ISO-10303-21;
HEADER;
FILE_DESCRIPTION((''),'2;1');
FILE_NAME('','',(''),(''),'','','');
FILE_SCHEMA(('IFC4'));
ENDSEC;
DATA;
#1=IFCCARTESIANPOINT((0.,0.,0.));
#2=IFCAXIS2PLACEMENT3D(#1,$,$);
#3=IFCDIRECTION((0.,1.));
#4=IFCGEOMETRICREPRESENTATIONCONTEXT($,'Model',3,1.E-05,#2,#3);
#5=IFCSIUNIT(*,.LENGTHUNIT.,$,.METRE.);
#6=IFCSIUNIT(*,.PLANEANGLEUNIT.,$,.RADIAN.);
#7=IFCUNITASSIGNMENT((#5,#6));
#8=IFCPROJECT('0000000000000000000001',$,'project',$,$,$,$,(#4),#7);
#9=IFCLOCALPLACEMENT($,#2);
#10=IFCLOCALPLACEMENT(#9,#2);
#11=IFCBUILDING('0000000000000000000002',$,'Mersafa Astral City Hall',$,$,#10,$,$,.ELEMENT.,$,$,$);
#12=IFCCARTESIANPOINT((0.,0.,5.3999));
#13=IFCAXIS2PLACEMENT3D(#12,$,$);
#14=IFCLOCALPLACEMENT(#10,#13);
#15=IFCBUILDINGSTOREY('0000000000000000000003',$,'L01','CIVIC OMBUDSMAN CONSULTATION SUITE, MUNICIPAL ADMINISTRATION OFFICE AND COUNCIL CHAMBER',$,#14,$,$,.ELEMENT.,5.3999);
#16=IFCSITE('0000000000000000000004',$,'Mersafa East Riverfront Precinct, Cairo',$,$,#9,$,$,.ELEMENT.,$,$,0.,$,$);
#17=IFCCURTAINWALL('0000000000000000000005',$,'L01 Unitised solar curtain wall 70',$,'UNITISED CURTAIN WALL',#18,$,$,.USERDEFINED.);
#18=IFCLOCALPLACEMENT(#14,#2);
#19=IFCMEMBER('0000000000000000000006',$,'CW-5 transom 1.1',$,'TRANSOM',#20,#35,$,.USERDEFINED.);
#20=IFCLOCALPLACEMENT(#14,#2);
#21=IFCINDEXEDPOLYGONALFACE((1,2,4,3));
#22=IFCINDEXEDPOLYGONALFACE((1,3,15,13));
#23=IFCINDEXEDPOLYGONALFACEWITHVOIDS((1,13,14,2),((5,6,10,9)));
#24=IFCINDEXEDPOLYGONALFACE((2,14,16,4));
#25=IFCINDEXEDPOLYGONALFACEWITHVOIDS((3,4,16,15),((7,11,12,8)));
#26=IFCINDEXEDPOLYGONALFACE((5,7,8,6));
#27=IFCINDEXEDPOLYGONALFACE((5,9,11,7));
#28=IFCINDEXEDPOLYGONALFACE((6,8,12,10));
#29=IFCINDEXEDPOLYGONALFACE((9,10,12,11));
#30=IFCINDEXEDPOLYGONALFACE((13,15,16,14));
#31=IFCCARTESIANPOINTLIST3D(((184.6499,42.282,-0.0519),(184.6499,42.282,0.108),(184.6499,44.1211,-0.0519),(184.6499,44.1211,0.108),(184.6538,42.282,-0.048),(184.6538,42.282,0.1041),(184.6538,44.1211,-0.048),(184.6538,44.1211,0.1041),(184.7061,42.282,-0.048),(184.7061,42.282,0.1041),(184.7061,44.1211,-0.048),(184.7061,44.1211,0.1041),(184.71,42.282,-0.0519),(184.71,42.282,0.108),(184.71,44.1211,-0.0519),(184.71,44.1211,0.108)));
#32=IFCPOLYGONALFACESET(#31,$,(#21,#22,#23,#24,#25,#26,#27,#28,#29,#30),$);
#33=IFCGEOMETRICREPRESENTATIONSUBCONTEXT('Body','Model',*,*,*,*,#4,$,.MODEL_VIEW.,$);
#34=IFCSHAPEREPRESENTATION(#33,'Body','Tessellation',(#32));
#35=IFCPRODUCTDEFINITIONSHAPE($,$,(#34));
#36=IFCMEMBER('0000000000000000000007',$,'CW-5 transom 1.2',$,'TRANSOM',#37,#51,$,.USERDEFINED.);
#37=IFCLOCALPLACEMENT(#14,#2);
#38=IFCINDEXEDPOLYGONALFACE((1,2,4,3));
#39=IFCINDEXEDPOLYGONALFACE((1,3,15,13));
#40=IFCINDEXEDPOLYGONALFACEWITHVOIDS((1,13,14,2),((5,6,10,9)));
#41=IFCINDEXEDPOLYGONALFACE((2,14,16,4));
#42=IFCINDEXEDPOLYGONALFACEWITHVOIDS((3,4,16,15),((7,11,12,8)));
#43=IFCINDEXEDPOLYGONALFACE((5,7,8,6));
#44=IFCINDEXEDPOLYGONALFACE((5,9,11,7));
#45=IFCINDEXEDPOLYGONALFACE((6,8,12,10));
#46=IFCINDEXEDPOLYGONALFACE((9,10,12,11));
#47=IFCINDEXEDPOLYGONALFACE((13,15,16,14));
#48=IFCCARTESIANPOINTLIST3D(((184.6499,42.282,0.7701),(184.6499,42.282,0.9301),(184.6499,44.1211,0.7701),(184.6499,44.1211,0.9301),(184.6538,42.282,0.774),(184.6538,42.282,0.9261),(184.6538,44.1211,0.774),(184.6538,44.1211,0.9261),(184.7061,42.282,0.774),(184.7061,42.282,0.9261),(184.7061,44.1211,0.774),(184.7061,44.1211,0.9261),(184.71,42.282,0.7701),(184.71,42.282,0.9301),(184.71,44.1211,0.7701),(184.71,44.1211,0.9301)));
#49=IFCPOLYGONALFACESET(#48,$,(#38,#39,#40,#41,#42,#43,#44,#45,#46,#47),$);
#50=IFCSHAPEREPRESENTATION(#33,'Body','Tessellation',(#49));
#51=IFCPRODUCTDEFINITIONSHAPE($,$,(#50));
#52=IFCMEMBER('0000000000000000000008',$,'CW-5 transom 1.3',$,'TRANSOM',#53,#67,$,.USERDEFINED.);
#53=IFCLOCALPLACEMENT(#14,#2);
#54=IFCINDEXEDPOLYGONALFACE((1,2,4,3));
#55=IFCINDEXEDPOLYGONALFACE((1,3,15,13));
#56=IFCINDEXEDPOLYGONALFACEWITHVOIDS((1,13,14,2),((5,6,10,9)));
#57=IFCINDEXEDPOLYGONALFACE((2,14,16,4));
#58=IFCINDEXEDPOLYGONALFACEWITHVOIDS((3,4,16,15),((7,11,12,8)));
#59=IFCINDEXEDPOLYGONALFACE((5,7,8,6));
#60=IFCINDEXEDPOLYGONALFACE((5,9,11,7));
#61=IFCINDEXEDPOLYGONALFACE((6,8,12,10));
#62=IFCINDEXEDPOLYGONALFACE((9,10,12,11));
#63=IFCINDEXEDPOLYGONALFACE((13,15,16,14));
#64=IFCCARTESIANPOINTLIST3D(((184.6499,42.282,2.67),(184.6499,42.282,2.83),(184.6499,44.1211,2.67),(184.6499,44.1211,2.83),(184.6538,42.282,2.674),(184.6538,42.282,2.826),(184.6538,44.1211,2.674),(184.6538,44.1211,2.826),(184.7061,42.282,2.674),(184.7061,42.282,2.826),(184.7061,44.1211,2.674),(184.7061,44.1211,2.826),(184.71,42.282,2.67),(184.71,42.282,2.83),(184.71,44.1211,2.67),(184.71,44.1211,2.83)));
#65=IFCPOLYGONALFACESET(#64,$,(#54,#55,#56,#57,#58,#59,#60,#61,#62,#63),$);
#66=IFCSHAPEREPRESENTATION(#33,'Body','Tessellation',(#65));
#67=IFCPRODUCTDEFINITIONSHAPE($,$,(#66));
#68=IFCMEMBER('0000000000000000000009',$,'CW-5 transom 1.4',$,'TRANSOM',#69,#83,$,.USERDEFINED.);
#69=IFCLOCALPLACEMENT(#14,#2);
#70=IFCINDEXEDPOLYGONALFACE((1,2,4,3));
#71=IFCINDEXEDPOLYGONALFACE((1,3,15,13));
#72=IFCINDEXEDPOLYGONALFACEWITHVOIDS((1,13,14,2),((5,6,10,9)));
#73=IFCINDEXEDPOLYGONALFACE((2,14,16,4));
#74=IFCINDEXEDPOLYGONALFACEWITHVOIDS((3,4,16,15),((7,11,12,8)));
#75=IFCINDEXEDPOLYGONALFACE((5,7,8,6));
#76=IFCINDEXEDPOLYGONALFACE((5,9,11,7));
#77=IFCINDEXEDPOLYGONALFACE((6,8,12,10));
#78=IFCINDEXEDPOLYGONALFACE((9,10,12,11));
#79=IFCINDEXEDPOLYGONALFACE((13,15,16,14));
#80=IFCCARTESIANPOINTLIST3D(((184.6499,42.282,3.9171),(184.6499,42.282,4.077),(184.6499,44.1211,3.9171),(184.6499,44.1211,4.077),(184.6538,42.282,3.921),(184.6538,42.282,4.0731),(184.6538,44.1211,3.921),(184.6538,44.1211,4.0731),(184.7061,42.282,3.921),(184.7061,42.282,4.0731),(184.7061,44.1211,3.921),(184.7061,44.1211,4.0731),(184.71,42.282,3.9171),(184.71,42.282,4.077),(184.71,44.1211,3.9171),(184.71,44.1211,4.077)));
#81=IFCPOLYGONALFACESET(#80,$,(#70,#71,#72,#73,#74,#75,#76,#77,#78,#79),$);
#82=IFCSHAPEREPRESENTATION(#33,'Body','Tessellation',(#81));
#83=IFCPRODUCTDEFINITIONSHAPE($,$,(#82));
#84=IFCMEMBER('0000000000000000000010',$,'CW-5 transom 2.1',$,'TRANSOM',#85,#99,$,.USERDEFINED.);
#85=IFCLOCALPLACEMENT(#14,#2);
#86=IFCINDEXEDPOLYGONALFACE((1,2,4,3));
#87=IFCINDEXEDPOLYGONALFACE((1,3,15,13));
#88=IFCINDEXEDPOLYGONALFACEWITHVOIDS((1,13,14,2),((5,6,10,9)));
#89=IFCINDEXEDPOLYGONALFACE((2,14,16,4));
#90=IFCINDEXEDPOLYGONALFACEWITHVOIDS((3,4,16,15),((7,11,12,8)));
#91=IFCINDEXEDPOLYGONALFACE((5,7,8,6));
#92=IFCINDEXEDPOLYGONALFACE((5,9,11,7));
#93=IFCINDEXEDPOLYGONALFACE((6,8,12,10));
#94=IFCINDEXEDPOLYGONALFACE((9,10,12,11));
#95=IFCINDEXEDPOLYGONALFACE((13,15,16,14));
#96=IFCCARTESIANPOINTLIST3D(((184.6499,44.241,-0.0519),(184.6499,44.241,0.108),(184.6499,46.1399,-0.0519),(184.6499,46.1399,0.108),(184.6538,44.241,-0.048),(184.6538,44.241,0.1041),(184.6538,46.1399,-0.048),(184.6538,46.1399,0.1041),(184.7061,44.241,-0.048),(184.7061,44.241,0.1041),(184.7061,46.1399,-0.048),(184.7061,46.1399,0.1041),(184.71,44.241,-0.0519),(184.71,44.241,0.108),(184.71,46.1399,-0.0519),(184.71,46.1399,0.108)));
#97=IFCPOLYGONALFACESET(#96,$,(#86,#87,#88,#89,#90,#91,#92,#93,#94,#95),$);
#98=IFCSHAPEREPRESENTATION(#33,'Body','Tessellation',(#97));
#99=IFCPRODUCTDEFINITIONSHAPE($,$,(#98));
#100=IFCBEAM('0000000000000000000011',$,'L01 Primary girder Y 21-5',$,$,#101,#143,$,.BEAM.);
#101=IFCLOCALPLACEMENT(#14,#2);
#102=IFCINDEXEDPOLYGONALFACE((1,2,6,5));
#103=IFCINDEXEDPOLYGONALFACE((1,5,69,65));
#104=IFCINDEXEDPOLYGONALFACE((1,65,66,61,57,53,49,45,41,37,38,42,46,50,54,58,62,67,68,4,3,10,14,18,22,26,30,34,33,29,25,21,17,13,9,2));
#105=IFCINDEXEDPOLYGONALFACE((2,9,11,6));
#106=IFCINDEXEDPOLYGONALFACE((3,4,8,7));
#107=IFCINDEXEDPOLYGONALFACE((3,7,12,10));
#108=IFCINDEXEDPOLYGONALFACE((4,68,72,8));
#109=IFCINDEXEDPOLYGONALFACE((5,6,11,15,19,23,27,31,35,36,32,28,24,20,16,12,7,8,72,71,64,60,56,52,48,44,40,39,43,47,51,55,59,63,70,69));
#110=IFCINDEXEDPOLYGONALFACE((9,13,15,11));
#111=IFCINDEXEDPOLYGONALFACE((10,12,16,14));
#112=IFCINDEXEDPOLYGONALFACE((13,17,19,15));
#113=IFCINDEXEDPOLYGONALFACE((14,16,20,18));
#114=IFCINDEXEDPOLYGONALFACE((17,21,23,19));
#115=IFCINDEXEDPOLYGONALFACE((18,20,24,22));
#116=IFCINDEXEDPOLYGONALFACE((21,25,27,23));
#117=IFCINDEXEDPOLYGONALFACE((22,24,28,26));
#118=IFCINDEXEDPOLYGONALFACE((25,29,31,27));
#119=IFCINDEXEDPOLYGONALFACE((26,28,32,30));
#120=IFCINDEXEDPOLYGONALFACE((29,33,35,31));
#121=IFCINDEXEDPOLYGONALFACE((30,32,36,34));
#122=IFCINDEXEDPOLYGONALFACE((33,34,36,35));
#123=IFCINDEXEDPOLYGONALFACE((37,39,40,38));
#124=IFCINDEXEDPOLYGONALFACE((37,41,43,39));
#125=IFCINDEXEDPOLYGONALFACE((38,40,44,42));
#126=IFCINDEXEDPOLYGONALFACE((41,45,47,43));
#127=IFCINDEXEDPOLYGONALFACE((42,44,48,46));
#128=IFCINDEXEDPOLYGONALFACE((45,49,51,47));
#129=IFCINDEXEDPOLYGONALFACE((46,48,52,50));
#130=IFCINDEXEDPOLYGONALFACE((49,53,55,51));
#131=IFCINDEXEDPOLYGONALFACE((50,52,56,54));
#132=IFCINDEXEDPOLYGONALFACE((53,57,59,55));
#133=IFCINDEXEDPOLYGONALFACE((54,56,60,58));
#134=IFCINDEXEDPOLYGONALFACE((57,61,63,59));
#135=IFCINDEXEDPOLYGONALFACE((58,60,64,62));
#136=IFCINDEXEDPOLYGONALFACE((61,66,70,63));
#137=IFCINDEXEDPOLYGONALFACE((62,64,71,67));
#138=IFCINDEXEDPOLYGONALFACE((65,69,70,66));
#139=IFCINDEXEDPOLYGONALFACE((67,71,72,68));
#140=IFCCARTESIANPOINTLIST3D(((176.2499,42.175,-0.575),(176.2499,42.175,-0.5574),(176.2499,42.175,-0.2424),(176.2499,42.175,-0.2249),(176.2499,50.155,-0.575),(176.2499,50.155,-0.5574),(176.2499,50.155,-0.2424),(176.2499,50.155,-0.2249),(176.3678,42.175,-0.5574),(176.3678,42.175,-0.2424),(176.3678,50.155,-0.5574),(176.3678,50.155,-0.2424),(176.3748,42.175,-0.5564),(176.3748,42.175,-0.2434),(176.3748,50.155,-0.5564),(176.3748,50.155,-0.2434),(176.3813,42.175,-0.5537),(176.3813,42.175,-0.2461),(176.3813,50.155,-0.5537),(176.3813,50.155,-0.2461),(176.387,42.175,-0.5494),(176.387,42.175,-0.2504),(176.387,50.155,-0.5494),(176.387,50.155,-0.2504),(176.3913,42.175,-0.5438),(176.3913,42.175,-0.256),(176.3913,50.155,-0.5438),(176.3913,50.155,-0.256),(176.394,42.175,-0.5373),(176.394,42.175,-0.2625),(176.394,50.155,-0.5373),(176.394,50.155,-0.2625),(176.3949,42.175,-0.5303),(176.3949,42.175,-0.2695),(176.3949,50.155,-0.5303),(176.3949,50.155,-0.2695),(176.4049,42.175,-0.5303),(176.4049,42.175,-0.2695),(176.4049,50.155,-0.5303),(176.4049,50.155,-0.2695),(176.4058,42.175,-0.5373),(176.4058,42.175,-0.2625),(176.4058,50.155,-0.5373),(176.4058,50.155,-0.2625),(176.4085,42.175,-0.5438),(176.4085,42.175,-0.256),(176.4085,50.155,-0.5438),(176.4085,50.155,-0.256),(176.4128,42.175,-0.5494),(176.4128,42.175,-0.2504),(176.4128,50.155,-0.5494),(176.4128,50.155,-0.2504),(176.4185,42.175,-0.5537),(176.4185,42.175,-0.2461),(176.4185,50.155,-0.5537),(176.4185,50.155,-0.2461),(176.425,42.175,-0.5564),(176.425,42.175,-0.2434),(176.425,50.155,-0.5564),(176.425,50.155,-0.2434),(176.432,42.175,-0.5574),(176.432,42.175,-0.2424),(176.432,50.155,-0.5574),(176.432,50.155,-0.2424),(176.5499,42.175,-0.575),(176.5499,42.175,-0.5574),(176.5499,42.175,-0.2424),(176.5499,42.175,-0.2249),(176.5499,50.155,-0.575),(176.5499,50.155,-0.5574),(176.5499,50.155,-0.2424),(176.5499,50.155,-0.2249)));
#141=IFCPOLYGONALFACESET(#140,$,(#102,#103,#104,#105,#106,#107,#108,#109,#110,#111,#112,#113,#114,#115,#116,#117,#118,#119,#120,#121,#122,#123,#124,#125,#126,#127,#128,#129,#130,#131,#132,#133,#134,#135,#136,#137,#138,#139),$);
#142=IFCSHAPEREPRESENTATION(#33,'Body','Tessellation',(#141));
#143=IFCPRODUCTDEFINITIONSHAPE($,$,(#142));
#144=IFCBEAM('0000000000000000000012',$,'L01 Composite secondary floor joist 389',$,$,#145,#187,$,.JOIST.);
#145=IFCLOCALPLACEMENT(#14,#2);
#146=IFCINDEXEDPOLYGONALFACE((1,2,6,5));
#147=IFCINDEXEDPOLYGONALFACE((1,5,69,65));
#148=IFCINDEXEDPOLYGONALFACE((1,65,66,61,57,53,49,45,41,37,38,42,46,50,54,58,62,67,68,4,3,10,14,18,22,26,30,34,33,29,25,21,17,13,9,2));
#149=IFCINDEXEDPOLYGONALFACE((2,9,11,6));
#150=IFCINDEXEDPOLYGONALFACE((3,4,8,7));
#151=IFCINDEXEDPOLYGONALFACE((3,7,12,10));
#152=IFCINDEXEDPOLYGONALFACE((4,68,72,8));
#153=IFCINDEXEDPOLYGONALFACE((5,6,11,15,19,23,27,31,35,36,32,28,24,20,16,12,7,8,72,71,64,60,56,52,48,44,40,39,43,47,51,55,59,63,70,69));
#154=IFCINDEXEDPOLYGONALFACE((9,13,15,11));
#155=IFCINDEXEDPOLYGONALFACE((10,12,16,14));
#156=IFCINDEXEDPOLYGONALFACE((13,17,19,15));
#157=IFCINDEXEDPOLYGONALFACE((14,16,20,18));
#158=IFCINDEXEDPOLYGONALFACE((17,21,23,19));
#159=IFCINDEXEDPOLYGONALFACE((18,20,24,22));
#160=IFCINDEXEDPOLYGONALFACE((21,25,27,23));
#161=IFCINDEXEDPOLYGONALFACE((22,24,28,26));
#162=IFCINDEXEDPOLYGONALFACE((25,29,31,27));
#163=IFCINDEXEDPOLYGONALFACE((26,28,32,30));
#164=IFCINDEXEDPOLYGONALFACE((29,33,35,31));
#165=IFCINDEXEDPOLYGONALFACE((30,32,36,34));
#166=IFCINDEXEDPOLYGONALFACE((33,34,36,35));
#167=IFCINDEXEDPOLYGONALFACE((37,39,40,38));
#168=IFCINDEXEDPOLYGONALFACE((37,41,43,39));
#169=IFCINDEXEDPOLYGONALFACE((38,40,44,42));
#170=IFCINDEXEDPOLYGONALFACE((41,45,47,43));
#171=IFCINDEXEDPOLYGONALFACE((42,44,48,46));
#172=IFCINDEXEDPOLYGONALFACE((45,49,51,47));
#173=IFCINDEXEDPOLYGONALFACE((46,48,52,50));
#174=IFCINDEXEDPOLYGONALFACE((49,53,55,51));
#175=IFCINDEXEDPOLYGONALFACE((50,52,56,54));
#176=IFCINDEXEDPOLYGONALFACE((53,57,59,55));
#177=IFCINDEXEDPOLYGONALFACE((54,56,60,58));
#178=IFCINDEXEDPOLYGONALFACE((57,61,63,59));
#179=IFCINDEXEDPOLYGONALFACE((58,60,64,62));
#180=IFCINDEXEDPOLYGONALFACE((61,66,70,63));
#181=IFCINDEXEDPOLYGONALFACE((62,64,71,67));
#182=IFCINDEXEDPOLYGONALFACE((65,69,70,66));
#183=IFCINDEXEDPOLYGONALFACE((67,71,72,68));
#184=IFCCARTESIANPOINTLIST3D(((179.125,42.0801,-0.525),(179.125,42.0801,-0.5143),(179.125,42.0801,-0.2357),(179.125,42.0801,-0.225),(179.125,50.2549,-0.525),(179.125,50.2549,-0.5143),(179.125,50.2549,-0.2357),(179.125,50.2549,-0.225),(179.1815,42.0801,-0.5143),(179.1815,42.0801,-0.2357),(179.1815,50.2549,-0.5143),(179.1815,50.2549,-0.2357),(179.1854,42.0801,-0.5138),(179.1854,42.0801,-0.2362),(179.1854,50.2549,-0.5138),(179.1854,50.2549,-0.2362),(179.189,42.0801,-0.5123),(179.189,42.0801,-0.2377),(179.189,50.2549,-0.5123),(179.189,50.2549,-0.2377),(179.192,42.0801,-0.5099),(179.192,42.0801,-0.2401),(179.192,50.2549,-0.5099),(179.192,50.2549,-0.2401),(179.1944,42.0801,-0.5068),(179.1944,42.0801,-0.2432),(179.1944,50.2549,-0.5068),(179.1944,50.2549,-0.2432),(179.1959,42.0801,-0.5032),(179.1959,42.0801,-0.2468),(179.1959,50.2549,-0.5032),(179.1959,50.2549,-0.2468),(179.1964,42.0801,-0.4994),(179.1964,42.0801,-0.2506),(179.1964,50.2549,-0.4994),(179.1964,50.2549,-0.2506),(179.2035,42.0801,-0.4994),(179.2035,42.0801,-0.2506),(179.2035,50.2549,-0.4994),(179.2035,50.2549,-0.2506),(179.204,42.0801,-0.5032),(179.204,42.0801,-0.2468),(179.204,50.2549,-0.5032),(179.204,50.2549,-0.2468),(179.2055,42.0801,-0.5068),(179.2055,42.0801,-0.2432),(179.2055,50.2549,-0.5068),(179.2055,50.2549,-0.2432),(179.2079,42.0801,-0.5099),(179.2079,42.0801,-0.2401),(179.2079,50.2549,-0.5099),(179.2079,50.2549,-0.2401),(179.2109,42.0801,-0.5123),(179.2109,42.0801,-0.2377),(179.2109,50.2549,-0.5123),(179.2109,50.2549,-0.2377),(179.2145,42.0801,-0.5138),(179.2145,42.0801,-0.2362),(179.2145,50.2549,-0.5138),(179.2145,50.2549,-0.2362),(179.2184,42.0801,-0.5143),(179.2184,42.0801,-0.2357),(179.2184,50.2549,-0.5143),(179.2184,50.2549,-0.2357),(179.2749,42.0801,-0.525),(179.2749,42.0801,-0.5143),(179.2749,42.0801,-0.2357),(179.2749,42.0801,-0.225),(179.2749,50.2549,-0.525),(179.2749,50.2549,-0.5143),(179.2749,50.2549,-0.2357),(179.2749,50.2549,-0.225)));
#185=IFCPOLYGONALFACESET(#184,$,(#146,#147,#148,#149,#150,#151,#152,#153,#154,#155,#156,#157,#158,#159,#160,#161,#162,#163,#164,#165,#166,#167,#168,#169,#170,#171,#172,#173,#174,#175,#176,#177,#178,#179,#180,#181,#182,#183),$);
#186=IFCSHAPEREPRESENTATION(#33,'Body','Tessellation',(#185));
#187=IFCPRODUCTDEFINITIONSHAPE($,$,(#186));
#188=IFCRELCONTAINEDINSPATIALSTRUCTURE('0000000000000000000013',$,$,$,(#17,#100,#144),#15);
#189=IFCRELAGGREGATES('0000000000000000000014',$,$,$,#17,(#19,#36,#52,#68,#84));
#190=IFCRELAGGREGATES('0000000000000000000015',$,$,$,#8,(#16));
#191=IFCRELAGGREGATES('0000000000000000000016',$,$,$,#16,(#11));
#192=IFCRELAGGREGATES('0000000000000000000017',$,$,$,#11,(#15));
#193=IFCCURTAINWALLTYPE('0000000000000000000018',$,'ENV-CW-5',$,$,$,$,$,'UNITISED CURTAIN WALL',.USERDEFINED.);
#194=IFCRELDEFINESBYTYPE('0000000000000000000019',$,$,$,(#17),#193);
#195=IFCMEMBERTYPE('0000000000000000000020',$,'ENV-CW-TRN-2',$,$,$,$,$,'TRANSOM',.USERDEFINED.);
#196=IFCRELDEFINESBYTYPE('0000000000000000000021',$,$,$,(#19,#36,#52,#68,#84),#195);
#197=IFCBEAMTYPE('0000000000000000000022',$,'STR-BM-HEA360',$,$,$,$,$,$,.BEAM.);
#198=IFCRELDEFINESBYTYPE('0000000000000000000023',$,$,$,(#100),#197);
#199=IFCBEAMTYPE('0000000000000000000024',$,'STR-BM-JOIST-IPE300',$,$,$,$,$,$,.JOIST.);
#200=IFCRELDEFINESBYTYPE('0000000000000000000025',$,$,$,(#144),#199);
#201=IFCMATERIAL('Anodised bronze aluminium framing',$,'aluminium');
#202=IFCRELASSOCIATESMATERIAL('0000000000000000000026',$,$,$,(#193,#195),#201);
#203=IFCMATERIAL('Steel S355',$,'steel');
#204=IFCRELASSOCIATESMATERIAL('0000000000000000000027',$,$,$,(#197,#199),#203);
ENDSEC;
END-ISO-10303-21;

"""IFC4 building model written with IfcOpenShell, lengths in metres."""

from ifc_helpers import new_model, si_unit, direction, frame, origin, origin_2d, place, context, subcontext, project, spatial, hollow_rectangle, i_section, extrude, material, material_profile, profile_set, type_object, element, aggregate, save


model = new_model("IFC4")

# Units and contexts
model_context = context("Model", 3, precision=1e-05, world=origin(), true_north=direction((0.0, 1.0)))
body_context = subcontext(model_context, "Body", "Model", "MODEL_VIEW")
ifc_project = project(units=[si_unit("LENGTHUNIT", "METRE"), si_unit("PLANEANGLEUNIT", "RADIAN")], contexts=[model_context])

# Site, building, storey
site_placement = place(None, origin())
site = spatial("IfcSite", under=ifc_project, at=site_placement, Name="Mersafa East Riverfront Precinct, Cairo", CompositionType="ELEMENT", RefElevation=0.0)
building_placement = place(site_placement, origin())
building = spatial("IfcBuilding", under=site, at=building_placement, Name="Mersafa Astral City Hall", CompositionType="ELEMENT")
storey_placement = place(building_placement, frame((0.0, 0.0, 5.3999)))
storey = spatial("IfcBuildingStorey", under=building, at=storey_placement, Name="L01", Description="CIVIC OMBUDSMAN CONSULTATION SUITE, MUNICIPAL ADMINISTRATION OFFICE AND COUNCIL CHAMBER", CompositionType="ELEMENT", Elevation=5.3999)

# Shared definitions
ifc_material_1 = material(Name="Steel S355", Category="steel")

# Shared definitions
ifc_material_2 = material(Name="Anodised bronze aluminium framing", Category="aluminium")

# Curtain wall
curtain_wall_type_1 = type_object("IfcCurtainWallType", Name="ENV-CW-5", ElementType="UNITISED CURTAIN WALL", PredefinedType="USERDEFINED", material=ifc_material_2)
curtain_wall_1_placement = place(storey_placement, origin())
curtain_wall_1 = element("IfcCurtainWall", 1, at=curtain_wall_1_placement, inside=storey, type_object=curtain_wall_type_1, Name="L01 Unitised solar curtain wall 70", ObjectType="UNITISED CURTAIN WALL", PredefinedType="USERDEFINED")

# Members
ifc_material_profile_1 = material_profile(ifc_material_2, hollow_rectangle(XDim=0.0601, YDim=0.1599, WallThickness=0.0039, at=origin_2d()), Name="RHS 60x160x4")
ifc_profile_set_1 = profile_set([ifc_material_profile_1], Name="Anodised bronze aluminium framing")
member_type_1 = type_object("IfcMemberType", Name="ENV-CW-TRN-2", ElementType="TRANSOM", PredefinedType="USERDEFINED", material=ifc_profile_set_1)
member_1_placement = place(storey_placement, frame((184.6799, 42.282, 0.0281), z_axis=(0.0, 1.0, 0.0), x_axis=(-1.0, 0.0, 0.0)))
member_1 = element("IfcMember", 2, at=member_1_placement, type_object=member_type_1, Name="CW-5 transom 1.1", ObjectType="TRANSOM", PredefinedType="USERDEFINED", context=body_context, shape_type="SweptSolid", body=[
    extrude(hollow_rectangle(XDim=0.0601, YDim=0.1599, WallThickness=0.0039, at=origin_2d()), origin(), (0.0, 0.0, 1.0), 1.8391),
])
member_2_placement = place(storey_placement, frame((184.6799, 42.282, 0.8501), z_axis=(0.0, 1.0, 0.0), x_axis=(-1.0, 0.0, 0.0)))
member_2 = element("IfcMember", 3, at=member_2_placement, type_object=member_type_1, Name="CW-5 transom 1.2", ObjectType="TRANSOM", PredefinedType="USERDEFINED", context=body_context, shape_type="SweptSolid", body=[
    extrude(hollow_rectangle(XDim=0.0601, YDim=0.1599, WallThickness=0.0039, at=origin_2d()), origin(), (0.0, 0.0, 1.0), 1.8391),
])
member_3_placement = place(storey_placement, frame((184.6799, 42.282, 2.75), z_axis=(0.0, 1.0, 0.0), x_axis=(-1.0, 0.0, 0.0)))
member_3 = element("IfcMember", 4, at=member_3_placement, type_object=member_type_1, Name="CW-5 transom 1.3", ObjectType="TRANSOM", PredefinedType="USERDEFINED", context=body_context, shape_type="SweptSolid", body=[
    extrude(hollow_rectangle(XDim=0.0601, YDim=0.1599, WallThickness=0.0039, at=origin_2d()), origin(), (0.0, 0.0, 1.0), 1.8391),
])
member_4_placement = place(storey_placement, frame((184.6799, 42.282, 3.9971), z_axis=(0.0, 1.0, 0.0), x_axis=(-1.0, 0.0, 0.0)))
member_4 = element("IfcMember", 5, at=member_4_placement, type_object=member_type_1, Name="CW-5 transom 1.4", ObjectType="TRANSOM", PredefinedType="USERDEFINED", context=body_context, shape_type="SweptSolid", body=[
    extrude(hollow_rectangle(XDim=0.0601, YDim=0.1599, WallThickness=0.0039, at=origin_2d()), origin(), (0.0, 0.0, 1.0), 1.8391),
])
member_5_placement = place(storey_placement, frame((184.6799, 44.241, 0.0281), z_axis=(0.0, 1.0, 0.0), x_axis=(-1.0, 0.0, 0.0)))
member_5 = element("IfcMember", 6, at=member_5_placement, type_object=member_type_1, Name="CW-5 transom 2.1", ObjectType="TRANSOM", PredefinedType="USERDEFINED", context=body_context, shape_type="SweptSolid", body=[
    extrude(hollow_rectangle(XDim=0.0601, YDim=0.1599, WallThickness=0.0039, at=origin_2d()), origin(), (0.0, 0.0, 1.0), 1.8989),
])

# Beams
ifc_material_profile_2 = material_profile(ifc_material_1, i_section(OverallWidth=0.3, OverallDepth=0.3501, WebThickness=0.01, FlangeThickness=0.0176, FilletRadius=0.0271, at=origin_2d()), Name="HEA 360")
ifc_profile_set_2 = profile_set([ifc_material_profile_2], Name="Steel S355")
beam_type_1 = type_object("IfcBeamType", Name="STR-BM-HEA360", PredefinedType="BEAM", material=ifc_profile_set_2)
beam_1_placement = place(storey_placement, frame((176.3999, 42.175, -0.3999), z_axis=(0.0, 1.0, 0.0), x_axis=(-1.0, 0.0, 0.0)))
element("IfcBeam", 7, at=beam_1_placement, inside=storey, type_object=beam_type_1, Name="L01 Primary girder Y 21-5", PredefinedType="BEAM", context=body_context, shape_type="SweptSolid", body=[
    extrude(i_section(OverallWidth=0.3, OverallDepth=0.3501, WebThickness=0.01, FlangeThickness=0.0176, FilletRadius=0.0271, at=origin_2d()), origin(), (0.0, 0.0, 1.0), 7.98),
])
ifc_material_profile_3 = material_profile(ifc_material_1, i_section(OverallWidth=0.1499, OverallDepth=0.3, WebThickness=0.0071, FlangeThickness=0.0107, FilletRadius=0.0149, at=origin_2d()), Name="IPE 300")
ifc_profile_set_3 = profile_set([ifc_material_profile_3], Name="Steel S355")
beam_type_2 = type_object("IfcBeamType", Name="STR-BM-JOIST-IPE300", PredefinedType="JOIST", material=ifc_profile_set_3)
for number, where, z_axis, x_axis, name in (
    (8, (179.2, 42.0801, -0.375), (0.0, 1.0, 0.0), (-1.0, 0.0, 0.0), "L01 Composite secondary floor joist 389"),
):
    element("IfcBeam", number, at=place(storey_placement, frame(where, z_axis=z_axis, x_axis=x_axis)), inside=storey, type_object=beam_type_2, Name=name, PredefinedType="JOIST", context=body_context, shape_type="SweptSolid", body=[
        extrude(i_section(OverallWidth=0.1499, OverallDepth=0.3, WebThickness=0.0071, FlangeThickness=0.0107, FilletRadius=0.0149, at=origin_2d()), origin(), (0.0, 0.0, 1.0), 8.1748),
    ])

aggregate(curtain_wall_1, [member_1, member_2, member_3, member_4, member_5])

save(model, "model.ifc")
